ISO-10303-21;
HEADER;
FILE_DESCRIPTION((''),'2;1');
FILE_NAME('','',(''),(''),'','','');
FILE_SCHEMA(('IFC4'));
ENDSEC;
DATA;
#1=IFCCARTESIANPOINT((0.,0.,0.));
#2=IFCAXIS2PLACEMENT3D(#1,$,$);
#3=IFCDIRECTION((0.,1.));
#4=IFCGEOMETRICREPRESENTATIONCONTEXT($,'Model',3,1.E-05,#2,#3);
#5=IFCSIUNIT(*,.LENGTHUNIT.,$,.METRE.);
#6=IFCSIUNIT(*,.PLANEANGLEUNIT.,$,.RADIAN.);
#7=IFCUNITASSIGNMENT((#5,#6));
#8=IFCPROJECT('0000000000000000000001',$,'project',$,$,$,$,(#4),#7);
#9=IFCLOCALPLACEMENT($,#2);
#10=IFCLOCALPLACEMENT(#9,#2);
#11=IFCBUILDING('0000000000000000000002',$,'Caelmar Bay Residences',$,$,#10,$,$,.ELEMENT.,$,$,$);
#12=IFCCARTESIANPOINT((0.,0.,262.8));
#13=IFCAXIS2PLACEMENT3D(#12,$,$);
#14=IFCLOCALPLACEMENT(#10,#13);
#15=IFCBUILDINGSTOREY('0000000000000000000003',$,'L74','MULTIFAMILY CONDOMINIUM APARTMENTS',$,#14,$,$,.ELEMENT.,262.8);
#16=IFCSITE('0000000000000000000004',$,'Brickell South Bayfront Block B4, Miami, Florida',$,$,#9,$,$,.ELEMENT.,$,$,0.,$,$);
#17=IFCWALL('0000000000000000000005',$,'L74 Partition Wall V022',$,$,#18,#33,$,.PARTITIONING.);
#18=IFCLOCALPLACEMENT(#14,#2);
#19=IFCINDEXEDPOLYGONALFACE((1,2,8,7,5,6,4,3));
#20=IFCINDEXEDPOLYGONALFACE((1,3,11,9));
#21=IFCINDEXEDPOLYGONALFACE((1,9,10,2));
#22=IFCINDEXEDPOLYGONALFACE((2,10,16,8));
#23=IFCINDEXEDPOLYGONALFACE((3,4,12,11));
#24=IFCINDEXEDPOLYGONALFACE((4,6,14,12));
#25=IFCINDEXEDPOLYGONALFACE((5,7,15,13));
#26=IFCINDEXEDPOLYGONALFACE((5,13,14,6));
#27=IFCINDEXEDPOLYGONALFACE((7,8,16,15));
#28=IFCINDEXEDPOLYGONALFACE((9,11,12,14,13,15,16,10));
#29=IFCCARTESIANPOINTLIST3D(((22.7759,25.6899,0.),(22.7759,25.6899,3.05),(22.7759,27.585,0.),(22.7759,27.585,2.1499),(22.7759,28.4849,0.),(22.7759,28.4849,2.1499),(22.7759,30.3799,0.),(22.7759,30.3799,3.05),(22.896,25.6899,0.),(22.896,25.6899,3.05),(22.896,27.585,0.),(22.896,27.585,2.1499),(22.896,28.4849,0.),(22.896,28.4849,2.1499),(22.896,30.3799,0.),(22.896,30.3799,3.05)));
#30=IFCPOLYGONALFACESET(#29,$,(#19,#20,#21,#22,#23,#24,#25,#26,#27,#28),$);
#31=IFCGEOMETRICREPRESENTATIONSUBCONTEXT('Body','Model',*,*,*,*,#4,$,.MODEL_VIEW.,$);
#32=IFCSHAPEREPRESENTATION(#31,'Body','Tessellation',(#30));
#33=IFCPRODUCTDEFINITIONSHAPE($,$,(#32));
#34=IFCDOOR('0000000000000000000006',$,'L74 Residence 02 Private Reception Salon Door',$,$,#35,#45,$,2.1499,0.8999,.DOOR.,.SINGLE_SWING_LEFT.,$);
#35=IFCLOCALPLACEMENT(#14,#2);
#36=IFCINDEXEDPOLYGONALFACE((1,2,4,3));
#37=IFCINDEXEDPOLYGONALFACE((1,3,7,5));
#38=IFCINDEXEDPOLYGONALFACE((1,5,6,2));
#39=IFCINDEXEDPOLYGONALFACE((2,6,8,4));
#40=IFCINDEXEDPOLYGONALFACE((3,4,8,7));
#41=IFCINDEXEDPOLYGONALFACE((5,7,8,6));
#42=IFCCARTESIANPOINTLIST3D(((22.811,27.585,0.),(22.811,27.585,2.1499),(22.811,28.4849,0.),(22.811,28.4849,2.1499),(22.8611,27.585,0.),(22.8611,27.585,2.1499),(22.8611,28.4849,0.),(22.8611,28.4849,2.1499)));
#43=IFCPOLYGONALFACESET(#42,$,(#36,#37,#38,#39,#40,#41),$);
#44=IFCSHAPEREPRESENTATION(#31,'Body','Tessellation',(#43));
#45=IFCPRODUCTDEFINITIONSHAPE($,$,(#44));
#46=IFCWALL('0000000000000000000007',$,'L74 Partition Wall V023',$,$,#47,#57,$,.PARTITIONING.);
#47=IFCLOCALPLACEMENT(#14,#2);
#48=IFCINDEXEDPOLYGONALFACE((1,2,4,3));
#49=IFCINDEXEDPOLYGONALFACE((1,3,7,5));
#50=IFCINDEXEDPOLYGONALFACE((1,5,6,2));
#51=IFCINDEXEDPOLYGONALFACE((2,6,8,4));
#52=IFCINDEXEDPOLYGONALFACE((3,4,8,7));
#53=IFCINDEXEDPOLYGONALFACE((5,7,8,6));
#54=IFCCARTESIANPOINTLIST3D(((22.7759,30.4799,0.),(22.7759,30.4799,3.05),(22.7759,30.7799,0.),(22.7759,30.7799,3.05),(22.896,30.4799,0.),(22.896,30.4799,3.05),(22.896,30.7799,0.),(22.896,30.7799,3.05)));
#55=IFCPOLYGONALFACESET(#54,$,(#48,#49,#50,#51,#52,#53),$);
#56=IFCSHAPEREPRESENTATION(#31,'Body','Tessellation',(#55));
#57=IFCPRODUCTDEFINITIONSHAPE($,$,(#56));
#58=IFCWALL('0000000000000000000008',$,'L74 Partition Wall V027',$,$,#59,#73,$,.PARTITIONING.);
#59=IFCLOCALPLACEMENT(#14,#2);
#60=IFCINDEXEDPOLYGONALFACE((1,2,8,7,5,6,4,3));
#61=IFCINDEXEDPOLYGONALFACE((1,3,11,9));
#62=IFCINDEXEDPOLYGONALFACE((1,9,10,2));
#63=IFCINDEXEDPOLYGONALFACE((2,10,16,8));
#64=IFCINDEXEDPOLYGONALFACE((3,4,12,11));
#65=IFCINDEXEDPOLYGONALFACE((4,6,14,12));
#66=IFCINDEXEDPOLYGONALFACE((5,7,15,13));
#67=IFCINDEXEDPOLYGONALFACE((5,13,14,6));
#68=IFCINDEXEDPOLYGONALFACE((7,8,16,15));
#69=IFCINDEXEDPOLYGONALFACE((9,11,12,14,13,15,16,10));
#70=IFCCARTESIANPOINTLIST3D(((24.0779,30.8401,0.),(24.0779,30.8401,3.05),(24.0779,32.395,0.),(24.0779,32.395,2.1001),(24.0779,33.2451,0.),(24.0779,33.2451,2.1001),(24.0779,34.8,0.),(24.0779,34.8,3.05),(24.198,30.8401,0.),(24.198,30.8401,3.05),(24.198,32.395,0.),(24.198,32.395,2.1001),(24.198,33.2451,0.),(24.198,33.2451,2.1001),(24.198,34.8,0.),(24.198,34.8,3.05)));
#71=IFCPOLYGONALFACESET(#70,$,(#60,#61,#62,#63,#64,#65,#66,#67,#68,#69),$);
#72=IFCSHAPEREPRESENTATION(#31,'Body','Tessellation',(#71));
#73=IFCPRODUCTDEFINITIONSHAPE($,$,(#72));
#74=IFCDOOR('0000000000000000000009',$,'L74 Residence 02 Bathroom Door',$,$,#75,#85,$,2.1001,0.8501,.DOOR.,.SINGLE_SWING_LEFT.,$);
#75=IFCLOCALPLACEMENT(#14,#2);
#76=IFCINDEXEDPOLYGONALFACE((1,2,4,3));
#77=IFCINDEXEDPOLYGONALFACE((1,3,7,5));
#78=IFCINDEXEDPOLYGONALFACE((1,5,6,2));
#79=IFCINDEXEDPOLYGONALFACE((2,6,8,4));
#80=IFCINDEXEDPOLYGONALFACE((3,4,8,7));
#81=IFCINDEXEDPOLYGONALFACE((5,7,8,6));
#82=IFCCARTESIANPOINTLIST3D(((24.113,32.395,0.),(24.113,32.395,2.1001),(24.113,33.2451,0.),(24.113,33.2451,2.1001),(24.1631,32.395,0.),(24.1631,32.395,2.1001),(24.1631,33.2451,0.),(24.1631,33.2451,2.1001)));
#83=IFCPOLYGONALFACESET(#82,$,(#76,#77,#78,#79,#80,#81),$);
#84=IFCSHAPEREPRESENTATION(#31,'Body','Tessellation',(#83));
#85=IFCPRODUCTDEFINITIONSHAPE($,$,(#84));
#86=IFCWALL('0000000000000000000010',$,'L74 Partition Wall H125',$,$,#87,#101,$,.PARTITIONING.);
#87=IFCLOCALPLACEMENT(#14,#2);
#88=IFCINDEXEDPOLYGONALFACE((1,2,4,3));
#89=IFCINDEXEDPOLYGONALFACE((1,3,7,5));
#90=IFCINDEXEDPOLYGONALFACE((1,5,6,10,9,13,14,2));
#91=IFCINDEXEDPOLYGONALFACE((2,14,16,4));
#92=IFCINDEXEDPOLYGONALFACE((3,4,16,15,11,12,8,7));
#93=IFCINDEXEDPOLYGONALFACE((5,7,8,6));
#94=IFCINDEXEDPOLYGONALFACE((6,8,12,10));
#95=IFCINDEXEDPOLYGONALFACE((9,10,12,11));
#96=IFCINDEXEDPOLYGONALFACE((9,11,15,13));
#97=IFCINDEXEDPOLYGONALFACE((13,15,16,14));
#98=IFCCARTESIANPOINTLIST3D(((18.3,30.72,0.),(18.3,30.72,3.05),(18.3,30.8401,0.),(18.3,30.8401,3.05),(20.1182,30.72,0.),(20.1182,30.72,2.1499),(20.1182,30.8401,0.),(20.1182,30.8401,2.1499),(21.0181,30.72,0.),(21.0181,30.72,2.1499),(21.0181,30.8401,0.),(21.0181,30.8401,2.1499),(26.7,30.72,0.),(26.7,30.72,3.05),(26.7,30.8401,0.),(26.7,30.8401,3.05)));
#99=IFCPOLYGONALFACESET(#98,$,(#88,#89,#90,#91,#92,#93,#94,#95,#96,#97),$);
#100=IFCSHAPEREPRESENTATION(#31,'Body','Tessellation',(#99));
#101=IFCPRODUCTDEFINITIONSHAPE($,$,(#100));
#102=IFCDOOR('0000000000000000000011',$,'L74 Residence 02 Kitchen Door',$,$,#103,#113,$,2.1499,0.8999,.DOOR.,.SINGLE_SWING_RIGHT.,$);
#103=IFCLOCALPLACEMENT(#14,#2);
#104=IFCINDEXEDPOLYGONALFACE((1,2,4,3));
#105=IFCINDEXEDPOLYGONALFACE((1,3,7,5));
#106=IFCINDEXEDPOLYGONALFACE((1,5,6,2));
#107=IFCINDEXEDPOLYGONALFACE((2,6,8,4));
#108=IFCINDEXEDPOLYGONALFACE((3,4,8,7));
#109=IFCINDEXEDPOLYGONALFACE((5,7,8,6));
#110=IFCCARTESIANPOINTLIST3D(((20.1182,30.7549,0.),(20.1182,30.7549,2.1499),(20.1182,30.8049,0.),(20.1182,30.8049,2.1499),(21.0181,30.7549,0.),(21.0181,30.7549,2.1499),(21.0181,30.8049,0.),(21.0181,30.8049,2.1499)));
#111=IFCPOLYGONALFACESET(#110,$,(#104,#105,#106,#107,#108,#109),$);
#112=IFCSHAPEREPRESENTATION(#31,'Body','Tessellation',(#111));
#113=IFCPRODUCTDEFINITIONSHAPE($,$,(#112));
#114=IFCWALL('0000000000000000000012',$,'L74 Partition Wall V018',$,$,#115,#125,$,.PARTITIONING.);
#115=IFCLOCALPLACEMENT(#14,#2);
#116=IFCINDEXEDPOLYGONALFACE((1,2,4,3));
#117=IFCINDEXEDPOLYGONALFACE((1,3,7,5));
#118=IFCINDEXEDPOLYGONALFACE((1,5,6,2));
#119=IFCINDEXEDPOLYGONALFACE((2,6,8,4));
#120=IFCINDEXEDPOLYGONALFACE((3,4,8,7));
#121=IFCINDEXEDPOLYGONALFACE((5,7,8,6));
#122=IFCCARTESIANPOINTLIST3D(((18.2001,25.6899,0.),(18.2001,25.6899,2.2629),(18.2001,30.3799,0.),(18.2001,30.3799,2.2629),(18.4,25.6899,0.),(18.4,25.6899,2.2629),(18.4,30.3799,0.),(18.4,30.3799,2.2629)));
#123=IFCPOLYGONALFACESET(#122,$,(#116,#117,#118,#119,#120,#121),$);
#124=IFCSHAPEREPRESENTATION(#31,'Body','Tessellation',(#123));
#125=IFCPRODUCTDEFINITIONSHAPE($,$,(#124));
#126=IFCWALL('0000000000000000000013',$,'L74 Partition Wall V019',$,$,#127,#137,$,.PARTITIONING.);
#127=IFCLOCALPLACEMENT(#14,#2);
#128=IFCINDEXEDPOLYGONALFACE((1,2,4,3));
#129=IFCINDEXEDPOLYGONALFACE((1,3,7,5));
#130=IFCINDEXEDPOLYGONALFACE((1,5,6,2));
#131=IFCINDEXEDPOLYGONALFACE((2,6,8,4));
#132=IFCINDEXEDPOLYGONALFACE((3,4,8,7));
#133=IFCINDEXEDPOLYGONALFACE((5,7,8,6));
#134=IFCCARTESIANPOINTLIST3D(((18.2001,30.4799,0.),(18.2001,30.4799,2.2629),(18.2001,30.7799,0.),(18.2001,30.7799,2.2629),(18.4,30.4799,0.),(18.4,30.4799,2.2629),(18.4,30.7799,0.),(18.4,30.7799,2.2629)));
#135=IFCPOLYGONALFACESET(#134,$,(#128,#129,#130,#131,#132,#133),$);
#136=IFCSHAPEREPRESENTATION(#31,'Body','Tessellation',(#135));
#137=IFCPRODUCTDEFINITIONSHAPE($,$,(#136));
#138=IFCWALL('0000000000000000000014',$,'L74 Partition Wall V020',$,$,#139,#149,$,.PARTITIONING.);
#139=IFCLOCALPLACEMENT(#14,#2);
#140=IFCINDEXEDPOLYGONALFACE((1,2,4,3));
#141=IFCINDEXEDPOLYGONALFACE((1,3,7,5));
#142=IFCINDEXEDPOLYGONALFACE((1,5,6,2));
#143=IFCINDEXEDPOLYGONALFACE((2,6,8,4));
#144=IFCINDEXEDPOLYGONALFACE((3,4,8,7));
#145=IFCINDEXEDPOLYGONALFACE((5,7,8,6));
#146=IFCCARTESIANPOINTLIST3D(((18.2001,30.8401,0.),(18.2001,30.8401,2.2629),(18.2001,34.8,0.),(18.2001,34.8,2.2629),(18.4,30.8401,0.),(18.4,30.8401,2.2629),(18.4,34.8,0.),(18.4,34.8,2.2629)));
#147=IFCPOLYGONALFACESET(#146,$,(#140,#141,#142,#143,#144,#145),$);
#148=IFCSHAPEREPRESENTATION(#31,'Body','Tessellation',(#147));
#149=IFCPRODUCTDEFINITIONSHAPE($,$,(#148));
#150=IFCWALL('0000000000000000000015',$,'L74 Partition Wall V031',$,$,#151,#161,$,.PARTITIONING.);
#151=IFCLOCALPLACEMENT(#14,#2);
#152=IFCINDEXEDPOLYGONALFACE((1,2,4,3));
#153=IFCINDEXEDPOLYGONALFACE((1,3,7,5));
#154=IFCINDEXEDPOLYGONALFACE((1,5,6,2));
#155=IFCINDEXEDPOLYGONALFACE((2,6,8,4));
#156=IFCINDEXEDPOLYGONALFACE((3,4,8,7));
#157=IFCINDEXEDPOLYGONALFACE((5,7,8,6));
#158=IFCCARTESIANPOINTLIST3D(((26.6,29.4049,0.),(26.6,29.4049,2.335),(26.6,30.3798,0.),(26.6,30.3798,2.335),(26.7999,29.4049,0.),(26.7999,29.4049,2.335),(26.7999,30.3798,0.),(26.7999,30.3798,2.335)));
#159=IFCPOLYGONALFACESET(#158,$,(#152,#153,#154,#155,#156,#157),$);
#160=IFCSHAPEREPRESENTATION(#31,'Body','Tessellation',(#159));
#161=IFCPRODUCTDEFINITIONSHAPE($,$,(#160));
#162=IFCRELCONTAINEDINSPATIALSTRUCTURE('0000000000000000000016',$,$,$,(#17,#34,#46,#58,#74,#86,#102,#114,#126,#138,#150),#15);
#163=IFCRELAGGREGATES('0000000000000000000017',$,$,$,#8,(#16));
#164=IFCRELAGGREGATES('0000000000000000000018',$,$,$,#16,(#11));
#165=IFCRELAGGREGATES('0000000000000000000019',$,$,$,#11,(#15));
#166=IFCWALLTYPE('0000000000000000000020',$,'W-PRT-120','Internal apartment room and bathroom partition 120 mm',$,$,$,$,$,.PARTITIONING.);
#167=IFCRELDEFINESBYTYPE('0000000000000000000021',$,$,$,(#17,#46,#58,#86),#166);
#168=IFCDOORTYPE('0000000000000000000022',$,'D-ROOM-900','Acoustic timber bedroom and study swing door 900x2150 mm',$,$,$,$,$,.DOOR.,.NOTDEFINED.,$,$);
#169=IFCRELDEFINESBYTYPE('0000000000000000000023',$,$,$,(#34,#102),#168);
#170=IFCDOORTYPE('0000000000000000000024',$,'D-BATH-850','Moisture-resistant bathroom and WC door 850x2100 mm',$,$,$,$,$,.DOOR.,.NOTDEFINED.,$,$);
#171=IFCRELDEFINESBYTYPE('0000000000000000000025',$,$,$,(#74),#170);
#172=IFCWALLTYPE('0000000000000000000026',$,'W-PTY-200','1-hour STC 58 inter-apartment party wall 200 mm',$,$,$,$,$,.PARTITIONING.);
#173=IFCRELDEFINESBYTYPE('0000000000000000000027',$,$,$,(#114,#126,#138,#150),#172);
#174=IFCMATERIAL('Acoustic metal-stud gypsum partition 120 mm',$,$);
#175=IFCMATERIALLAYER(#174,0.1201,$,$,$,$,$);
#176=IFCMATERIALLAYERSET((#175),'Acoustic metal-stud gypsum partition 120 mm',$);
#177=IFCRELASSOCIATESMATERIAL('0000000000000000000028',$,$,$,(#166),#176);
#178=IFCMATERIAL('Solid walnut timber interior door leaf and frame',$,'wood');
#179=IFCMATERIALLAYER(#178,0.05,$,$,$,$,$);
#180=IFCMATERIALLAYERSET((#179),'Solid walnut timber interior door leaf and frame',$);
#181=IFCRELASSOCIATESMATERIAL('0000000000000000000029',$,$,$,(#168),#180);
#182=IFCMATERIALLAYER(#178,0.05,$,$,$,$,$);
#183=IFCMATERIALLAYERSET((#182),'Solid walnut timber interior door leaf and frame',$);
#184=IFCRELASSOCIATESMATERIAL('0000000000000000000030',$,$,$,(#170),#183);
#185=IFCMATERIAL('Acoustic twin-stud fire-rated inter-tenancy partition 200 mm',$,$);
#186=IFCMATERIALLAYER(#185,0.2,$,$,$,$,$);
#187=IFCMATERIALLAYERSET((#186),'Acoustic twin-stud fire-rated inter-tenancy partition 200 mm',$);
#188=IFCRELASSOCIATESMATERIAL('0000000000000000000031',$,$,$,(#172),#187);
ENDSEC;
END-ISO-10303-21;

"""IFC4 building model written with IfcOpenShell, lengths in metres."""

from ifc_helpers import new_model, si_unit, direction, frame, frame_2d, origin, place, context, subcontext, project, spatial, rectangle, extrude, material, layer, layer_set, type_object, element, fill, save


model = new_model("IFC4")

# Units and contexts
model_context = context("Model", 3, precision=1e-05, world=origin(), true_north=direction((0.0, 1.0)))
body_context = subcontext(model_context, "Body", "Model", "MODEL_VIEW")
ifc_project = project(units=[si_unit("LENGTHUNIT", "METRE"), si_unit("PLANEANGLEUNIT", "RADIAN")], contexts=[model_context])

# Site, building, storey
site_placement = place(None, origin())
site = spatial("IfcSite", under=ifc_project, at=site_placement, Name="Brickell South Bayfront Block B4, Miami, Florida", CompositionType="ELEMENT", RefElevation=0.0)
building_placement = place(site_placement, origin())
building = spatial("IfcBuilding", under=site, at=building_placement, Name="Caelmar Bay Residences", CompositionType="ELEMENT")
storey_placement = place(building_placement, frame((0.0, 0.0, 262.8)))
storey = spatial("IfcBuildingStorey", under=building, at=storey_placement, Name="L74", Description="MULTIFAMILY CONDOMINIUM APARTMENTS", CompositionType="ELEMENT", Elevation=262.8)

# Wall, opening, door
ifc_material_1 = material(Name="Acoustic metal-stud gypsum partition 120 mm")
ifc_layer_1 = layer(ifc_material_1, 0.1201)
ifc_layer_set_1 = layer_set([ifc_layer_1], Name="Acoustic metal-stud gypsum partition 120 mm")
wall_type_1 = type_object("IfcWallType", Name="W-PRT-120", Description="Internal apartment room and bathroom partition 120 mm", PredefinedType="PARTITIONING", material=ifc_layer_set_1)
wall_1_placement = place(storey_placement, frame((22.8359, 25.6899, 0.0), z_axis=(0.0, 0.0, 1.0), x_axis=(0.0, 1.0, 0.0)))
wall_1 = element("IfcWall", 1, at=wall_1_placement, inside=storey, type_object=wall_type_1, Name="L74 Partition Wall V022", PredefinedType="PARTITIONING", context=body_context, shape_type="SweptSolid", body=[
    extrude(rectangle(XDim=4.6899, YDim=0.1201, at=frame_2d((2.345, 0.0))), origin(), (0.0, 0.0, 1.0), 3.05),
])
opening_1_placement = place(wall_1_placement, frame((1.895, 0.0, 0.0)))
opening_1 = element("IfcOpeningElement", 2, at=opening_1_placement, cuts=wall_1, PredefinedType="OPENING", context=body_context, shape_type="SweptSolid", body=[
    extrude(rectangle(XDim=0.8999, YDim=2.1499, at=frame_2d((0.45, 1.075))), frame((0.0, 0.0701, 0.0), z_axis=(0.0, -1.0, 0.0), x_axis=(1.0, 0.0, 0.0)), (0.0, 0.0, 1.0), 0.1401),
])
ifc_material_2 = material(Name="Solid walnut timber interior door leaf and frame", Category="wood")
ifc_layer_2 = layer(ifc_material_2, 0.05)
ifc_layer_set_2 = layer_set([ifc_layer_2], Name="Solid walnut timber interior door leaf and frame")
door_type_1 = type_object("IfcDoorType", Name="D-ROOM-900", Description="Acoustic timber bedroom and study swing door 900x2150 mm", OperationType="NOTDEFINED", PredefinedType="DOOR", material=ifc_layer_set_2)
door_1_placement = place(opening_1_placement, origin())
door_1 = element("IfcDoor", 3, at=door_1_placement, inside=storey, type_object=door_type_1, Name="L74 Residence 02 Private Reception Salon Door", OperationType="SINGLE_SWING_LEFT", OverallHeight=2.1499, OverallWidth=0.8999, PredefinedType="DOOR", context=body_context, shape_type="SweptSolid", body=[
    extrude(rectangle(XDim=0.8999, YDim=2.1499, at=frame_2d((0.45, 1.075))), frame((0.0, 0.0249, 0.0), z_axis=(0.0, -1.0, 0.0), x_axis=(1.0, 0.0, 0.0)), (0.0, 0.0, 1.0), 0.05),
])
fill(opening_1, door_1)

# Wall
wall_2_placement = place(storey_placement, frame((22.8359, 30.48, 0.0), z_axis=(0.0, 0.0, 1.0), x_axis=(0.0, 1.0, 0.0)))
element("IfcWall", 4, at=wall_2_placement, inside=storey, type_object=wall_type_1, Name="L74 Partition Wall V023", PredefinedType="PARTITIONING", context=body_context, shape_type="SweptSolid", body=[
    extrude(rectangle(XDim=0.3, YDim=0.1201, at=frame_2d((0.1499, 0.0))), origin(), (0.0, 0.0, 1.0), 3.05),
])

# Walls, openings, doors
wall_3_placement = place(storey_placement, frame((24.1379, 30.8401, 0.0), z_axis=(0.0, 0.0, 1.0), x_axis=(0.0, 1.0, 0.0)))
wall_3 = element("IfcWall", 5, at=wall_3_placement, inside=storey, type_object=wall_type_1, Name="L74 Partition Wall V027", PredefinedType="PARTITIONING", context=body_context, shape_type="SweptSolid", body=[
    extrude(rectangle(XDim=3.96, YDim=0.1201, at=frame_2d((1.98, 0.0))), origin(), (0.0, 0.0, 1.0), 3.05),
])
opening_2_placement = place(wall_3_placement, frame((1.5549, 0.0, 0.0)))
opening_2 = element("IfcOpeningElement", 6, at=opening_2_placement, cuts=wall_3, PredefinedType="OPENING", context=body_context, shape_type="SweptSolid", body=[
    extrude(rectangle(XDim=0.8501, YDim=2.1001, at=frame_2d((0.425, 1.05))), frame((0.0, 0.0701, 0.0), z_axis=(0.0, -1.0, 0.0), x_axis=(1.0, 0.0, 0.0)), (0.0, 0.0, 1.0), 0.1401),
])
ifc_layer_3 = layer(ifc_material_2, 0.05)
ifc_layer_set_3 = layer_set([ifc_layer_3], Name="Solid walnut timber interior door leaf and frame")
door_type_2 = type_object("IfcDoorType", Name="D-BATH-850", Description="Moisture-resistant bathroom and WC door 850x2100 mm", OperationType="NOTDEFINED", PredefinedType="DOOR", material=ifc_layer_set_3)
door_2_placement = place(opening_2_placement, origin())
door_2 = element("IfcDoor", 7, at=door_2_placement, inside=storey, type_object=door_type_2, Name="L74 Residence 02 Bathroom Door", OperationType="SINGLE_SWING_LEFT", OverallHeight=2.1001, OverallWidth=0.8501, PredefinedType="DOOR", context=body_context, shape_type="SweptSolid", body=[
    extrude(rectangle(XDim=0.8501, YDim=2.1001, at=frame_2d((0.425, 1.05))), frame((0.0, 0.0249, 0.0), z_axis=(0.0, -1.0, 0.0), x_axis=(1.0, 0.0, 0.0)), (0.0, 0.0, 1.0), 0.05),
])
fill(opening_2, door_2)
wall_4_placement = place(storey_placement, frame((18.3, 30.78, 0.0), z_axis=(0.0, 0.0, 1.0), x_axis=(1.0, 0.0, 0.0)))
wall_4 = element("IfcWall", 8, at=wall_4_placement, inside=storey, type_object=wall_type_1, Name="L74 Partition Wall H125", PredefinedType="PARTITIONING", context=body_context, shape_type="SweptSolid", body=[
    extrude(rectangle(XDim=8.3999, YDim=0.1201, at=frame_2d((4.2, 0.0))), origin(), (0.0, 0.0, 1.0), 3.05),
])
opening_3_placement = place(wall_4_placement, frame((1.8181, 0.0, 0.0)))
opening_3 = element("IfcOpeningElement", 9, at=opening_3_placement, cuts=wall_4, PredefinedType="OPENING", context=body_context, shape_type="SweptSolid", body=[
    extrude(rectangle(XDim=0.8999, YDim=2.1499, at=frame_2d((0.45, 1.075))), frame((0.0, 0.0701, 0.0), z_axis=(0.0, -1.0, 0.0), x_axis=(1.0, 0.0, 0.0)), (0.0, 0.0, 1.0), 0.1401),
])
door_3_placement = place(opening_3_placement, origin())
door_3 = element("IfcDoor", 10, at=door_3_placement, inside=storey, type_object=door_type_1, Name="L74 Residence 02 Kitchen Door", OperationType="SINGLE_SWING_RIGHT", OverallHeight=2.1499, OverallWidth=0.8999, PredefinedType="DOOR", context=body_context, shape_type="SweptSolid", body=[
    extrude(rectangle(XDim=0.8999, YDim=2.1499, at=frame_2d((0.45, 1.075))), frame((0.0, 0.0249, 0.0), z_axis=(0.0, -1.0, 0.0), x_axis=(1.0, 0.0, 0.0)), (0.0, 0.0, 1.0), 0.05),
])
fill(opening_3, door_3)

# Walls
ifc_material_3 = material(Name="Acoustic twin-stud fire-rated inter-tenancy partition 200 mm")
ifc_layer_4 = layer(ifc_material_3, 0.2)
ifc_layer_set_4 = layer_set([ifc_layer_4], Name="Acoustic twin-stud fire-rated inter-tenancy partition 200 mm")
wall_type_2 = type_object("IfcWallType", Name="W-PTY-200", Description="1-hour STC 58 inter-apartment party wall 200 mm", PredefinedType="PARTITIONING", material=ifc_layer_set_4)
wall_5_placement = place(storey_placement, frame((18.3, 25.6899, 0.0), z_axis=(0.0, 0.0, 1.0), x_axis=(0.0, 1.0, 0.0)))
element("IfcWall", 11, at=wall_5_placement, inside=storey, type_object=wall_type_2, Name="L74 Partition Wall V018", PredefinedType="PARTITIONING", context=body_context, shape_type="SweptSolid", body=[
    extrude(rectangle(XDim=4.6899, YDim=0.2, at=frame_2d((2.345, 0.0))), origin(), (0.0, 0.0, 1.0), 2.2629),
])
wall_6_placement = place(storey_placement, frame((18.3, 30.48, 0.0), z_axis=(0.0, 0.0, 1.0), x_axis=(0.0, 1.0, 0.0)))
element("IfcWall", 12, at=wall_6_placement, inside=storey, type_object=wall_type_2, Name="L74 Partition Wall V019", PredefinedType="PARTITIONING", context=body_context, shape_type="SweptSolid", body=[
    extrude(rectangle(XDim=0.3, YDim=0.2, at=frame_2d((0.1499, 0.0))), origin(), (0.0, 0.0, 1.0), 2.2629),
])
wall_7_placement = place(storey_placement, frame((18.3, 30.8401, 0.0), z_axis=(0.0, 0.0, 1.0), x_axis=(0.0, 1.0, 0.0)))
element("IfcWall", 13, at=wall_7_placement, inside=storey, type_object=wall_type_2, Name="L74 Partition Wall V020", PredefinedType="PARTITIONING", context=body_context, shape_type="SweptSolid", body=[
    extrude(rectangle(XDim=3.96, YDim=0.2, at=frame_2d((1.98, 0.0))), origin(), (0.0, 0.0, 1.0), 2.2629),
])
wall_8_placement = place(storey_placement, frame((26.7, 29.405, 0.0), z_axis=(0.0, 0.0, 1.0), x_axis=(0.0, 1.0, 0.0)))
element("IfcWall", 14, at=wall_8_placement, inside=storey, type_object=wall_type_2, Name="L74 Partition Wall V031", PredefinedType="PARTITIONING", context=body_context, shape_type="SweptSolid", body=[
    extrude(rectangle(XDim=0.9749, YDim=0.2, at=frame_2d((0.4873, 0.0))), origin(), (0.0, 0.0, 1.0), 2.335),
])

save(model, "model.ifc")
